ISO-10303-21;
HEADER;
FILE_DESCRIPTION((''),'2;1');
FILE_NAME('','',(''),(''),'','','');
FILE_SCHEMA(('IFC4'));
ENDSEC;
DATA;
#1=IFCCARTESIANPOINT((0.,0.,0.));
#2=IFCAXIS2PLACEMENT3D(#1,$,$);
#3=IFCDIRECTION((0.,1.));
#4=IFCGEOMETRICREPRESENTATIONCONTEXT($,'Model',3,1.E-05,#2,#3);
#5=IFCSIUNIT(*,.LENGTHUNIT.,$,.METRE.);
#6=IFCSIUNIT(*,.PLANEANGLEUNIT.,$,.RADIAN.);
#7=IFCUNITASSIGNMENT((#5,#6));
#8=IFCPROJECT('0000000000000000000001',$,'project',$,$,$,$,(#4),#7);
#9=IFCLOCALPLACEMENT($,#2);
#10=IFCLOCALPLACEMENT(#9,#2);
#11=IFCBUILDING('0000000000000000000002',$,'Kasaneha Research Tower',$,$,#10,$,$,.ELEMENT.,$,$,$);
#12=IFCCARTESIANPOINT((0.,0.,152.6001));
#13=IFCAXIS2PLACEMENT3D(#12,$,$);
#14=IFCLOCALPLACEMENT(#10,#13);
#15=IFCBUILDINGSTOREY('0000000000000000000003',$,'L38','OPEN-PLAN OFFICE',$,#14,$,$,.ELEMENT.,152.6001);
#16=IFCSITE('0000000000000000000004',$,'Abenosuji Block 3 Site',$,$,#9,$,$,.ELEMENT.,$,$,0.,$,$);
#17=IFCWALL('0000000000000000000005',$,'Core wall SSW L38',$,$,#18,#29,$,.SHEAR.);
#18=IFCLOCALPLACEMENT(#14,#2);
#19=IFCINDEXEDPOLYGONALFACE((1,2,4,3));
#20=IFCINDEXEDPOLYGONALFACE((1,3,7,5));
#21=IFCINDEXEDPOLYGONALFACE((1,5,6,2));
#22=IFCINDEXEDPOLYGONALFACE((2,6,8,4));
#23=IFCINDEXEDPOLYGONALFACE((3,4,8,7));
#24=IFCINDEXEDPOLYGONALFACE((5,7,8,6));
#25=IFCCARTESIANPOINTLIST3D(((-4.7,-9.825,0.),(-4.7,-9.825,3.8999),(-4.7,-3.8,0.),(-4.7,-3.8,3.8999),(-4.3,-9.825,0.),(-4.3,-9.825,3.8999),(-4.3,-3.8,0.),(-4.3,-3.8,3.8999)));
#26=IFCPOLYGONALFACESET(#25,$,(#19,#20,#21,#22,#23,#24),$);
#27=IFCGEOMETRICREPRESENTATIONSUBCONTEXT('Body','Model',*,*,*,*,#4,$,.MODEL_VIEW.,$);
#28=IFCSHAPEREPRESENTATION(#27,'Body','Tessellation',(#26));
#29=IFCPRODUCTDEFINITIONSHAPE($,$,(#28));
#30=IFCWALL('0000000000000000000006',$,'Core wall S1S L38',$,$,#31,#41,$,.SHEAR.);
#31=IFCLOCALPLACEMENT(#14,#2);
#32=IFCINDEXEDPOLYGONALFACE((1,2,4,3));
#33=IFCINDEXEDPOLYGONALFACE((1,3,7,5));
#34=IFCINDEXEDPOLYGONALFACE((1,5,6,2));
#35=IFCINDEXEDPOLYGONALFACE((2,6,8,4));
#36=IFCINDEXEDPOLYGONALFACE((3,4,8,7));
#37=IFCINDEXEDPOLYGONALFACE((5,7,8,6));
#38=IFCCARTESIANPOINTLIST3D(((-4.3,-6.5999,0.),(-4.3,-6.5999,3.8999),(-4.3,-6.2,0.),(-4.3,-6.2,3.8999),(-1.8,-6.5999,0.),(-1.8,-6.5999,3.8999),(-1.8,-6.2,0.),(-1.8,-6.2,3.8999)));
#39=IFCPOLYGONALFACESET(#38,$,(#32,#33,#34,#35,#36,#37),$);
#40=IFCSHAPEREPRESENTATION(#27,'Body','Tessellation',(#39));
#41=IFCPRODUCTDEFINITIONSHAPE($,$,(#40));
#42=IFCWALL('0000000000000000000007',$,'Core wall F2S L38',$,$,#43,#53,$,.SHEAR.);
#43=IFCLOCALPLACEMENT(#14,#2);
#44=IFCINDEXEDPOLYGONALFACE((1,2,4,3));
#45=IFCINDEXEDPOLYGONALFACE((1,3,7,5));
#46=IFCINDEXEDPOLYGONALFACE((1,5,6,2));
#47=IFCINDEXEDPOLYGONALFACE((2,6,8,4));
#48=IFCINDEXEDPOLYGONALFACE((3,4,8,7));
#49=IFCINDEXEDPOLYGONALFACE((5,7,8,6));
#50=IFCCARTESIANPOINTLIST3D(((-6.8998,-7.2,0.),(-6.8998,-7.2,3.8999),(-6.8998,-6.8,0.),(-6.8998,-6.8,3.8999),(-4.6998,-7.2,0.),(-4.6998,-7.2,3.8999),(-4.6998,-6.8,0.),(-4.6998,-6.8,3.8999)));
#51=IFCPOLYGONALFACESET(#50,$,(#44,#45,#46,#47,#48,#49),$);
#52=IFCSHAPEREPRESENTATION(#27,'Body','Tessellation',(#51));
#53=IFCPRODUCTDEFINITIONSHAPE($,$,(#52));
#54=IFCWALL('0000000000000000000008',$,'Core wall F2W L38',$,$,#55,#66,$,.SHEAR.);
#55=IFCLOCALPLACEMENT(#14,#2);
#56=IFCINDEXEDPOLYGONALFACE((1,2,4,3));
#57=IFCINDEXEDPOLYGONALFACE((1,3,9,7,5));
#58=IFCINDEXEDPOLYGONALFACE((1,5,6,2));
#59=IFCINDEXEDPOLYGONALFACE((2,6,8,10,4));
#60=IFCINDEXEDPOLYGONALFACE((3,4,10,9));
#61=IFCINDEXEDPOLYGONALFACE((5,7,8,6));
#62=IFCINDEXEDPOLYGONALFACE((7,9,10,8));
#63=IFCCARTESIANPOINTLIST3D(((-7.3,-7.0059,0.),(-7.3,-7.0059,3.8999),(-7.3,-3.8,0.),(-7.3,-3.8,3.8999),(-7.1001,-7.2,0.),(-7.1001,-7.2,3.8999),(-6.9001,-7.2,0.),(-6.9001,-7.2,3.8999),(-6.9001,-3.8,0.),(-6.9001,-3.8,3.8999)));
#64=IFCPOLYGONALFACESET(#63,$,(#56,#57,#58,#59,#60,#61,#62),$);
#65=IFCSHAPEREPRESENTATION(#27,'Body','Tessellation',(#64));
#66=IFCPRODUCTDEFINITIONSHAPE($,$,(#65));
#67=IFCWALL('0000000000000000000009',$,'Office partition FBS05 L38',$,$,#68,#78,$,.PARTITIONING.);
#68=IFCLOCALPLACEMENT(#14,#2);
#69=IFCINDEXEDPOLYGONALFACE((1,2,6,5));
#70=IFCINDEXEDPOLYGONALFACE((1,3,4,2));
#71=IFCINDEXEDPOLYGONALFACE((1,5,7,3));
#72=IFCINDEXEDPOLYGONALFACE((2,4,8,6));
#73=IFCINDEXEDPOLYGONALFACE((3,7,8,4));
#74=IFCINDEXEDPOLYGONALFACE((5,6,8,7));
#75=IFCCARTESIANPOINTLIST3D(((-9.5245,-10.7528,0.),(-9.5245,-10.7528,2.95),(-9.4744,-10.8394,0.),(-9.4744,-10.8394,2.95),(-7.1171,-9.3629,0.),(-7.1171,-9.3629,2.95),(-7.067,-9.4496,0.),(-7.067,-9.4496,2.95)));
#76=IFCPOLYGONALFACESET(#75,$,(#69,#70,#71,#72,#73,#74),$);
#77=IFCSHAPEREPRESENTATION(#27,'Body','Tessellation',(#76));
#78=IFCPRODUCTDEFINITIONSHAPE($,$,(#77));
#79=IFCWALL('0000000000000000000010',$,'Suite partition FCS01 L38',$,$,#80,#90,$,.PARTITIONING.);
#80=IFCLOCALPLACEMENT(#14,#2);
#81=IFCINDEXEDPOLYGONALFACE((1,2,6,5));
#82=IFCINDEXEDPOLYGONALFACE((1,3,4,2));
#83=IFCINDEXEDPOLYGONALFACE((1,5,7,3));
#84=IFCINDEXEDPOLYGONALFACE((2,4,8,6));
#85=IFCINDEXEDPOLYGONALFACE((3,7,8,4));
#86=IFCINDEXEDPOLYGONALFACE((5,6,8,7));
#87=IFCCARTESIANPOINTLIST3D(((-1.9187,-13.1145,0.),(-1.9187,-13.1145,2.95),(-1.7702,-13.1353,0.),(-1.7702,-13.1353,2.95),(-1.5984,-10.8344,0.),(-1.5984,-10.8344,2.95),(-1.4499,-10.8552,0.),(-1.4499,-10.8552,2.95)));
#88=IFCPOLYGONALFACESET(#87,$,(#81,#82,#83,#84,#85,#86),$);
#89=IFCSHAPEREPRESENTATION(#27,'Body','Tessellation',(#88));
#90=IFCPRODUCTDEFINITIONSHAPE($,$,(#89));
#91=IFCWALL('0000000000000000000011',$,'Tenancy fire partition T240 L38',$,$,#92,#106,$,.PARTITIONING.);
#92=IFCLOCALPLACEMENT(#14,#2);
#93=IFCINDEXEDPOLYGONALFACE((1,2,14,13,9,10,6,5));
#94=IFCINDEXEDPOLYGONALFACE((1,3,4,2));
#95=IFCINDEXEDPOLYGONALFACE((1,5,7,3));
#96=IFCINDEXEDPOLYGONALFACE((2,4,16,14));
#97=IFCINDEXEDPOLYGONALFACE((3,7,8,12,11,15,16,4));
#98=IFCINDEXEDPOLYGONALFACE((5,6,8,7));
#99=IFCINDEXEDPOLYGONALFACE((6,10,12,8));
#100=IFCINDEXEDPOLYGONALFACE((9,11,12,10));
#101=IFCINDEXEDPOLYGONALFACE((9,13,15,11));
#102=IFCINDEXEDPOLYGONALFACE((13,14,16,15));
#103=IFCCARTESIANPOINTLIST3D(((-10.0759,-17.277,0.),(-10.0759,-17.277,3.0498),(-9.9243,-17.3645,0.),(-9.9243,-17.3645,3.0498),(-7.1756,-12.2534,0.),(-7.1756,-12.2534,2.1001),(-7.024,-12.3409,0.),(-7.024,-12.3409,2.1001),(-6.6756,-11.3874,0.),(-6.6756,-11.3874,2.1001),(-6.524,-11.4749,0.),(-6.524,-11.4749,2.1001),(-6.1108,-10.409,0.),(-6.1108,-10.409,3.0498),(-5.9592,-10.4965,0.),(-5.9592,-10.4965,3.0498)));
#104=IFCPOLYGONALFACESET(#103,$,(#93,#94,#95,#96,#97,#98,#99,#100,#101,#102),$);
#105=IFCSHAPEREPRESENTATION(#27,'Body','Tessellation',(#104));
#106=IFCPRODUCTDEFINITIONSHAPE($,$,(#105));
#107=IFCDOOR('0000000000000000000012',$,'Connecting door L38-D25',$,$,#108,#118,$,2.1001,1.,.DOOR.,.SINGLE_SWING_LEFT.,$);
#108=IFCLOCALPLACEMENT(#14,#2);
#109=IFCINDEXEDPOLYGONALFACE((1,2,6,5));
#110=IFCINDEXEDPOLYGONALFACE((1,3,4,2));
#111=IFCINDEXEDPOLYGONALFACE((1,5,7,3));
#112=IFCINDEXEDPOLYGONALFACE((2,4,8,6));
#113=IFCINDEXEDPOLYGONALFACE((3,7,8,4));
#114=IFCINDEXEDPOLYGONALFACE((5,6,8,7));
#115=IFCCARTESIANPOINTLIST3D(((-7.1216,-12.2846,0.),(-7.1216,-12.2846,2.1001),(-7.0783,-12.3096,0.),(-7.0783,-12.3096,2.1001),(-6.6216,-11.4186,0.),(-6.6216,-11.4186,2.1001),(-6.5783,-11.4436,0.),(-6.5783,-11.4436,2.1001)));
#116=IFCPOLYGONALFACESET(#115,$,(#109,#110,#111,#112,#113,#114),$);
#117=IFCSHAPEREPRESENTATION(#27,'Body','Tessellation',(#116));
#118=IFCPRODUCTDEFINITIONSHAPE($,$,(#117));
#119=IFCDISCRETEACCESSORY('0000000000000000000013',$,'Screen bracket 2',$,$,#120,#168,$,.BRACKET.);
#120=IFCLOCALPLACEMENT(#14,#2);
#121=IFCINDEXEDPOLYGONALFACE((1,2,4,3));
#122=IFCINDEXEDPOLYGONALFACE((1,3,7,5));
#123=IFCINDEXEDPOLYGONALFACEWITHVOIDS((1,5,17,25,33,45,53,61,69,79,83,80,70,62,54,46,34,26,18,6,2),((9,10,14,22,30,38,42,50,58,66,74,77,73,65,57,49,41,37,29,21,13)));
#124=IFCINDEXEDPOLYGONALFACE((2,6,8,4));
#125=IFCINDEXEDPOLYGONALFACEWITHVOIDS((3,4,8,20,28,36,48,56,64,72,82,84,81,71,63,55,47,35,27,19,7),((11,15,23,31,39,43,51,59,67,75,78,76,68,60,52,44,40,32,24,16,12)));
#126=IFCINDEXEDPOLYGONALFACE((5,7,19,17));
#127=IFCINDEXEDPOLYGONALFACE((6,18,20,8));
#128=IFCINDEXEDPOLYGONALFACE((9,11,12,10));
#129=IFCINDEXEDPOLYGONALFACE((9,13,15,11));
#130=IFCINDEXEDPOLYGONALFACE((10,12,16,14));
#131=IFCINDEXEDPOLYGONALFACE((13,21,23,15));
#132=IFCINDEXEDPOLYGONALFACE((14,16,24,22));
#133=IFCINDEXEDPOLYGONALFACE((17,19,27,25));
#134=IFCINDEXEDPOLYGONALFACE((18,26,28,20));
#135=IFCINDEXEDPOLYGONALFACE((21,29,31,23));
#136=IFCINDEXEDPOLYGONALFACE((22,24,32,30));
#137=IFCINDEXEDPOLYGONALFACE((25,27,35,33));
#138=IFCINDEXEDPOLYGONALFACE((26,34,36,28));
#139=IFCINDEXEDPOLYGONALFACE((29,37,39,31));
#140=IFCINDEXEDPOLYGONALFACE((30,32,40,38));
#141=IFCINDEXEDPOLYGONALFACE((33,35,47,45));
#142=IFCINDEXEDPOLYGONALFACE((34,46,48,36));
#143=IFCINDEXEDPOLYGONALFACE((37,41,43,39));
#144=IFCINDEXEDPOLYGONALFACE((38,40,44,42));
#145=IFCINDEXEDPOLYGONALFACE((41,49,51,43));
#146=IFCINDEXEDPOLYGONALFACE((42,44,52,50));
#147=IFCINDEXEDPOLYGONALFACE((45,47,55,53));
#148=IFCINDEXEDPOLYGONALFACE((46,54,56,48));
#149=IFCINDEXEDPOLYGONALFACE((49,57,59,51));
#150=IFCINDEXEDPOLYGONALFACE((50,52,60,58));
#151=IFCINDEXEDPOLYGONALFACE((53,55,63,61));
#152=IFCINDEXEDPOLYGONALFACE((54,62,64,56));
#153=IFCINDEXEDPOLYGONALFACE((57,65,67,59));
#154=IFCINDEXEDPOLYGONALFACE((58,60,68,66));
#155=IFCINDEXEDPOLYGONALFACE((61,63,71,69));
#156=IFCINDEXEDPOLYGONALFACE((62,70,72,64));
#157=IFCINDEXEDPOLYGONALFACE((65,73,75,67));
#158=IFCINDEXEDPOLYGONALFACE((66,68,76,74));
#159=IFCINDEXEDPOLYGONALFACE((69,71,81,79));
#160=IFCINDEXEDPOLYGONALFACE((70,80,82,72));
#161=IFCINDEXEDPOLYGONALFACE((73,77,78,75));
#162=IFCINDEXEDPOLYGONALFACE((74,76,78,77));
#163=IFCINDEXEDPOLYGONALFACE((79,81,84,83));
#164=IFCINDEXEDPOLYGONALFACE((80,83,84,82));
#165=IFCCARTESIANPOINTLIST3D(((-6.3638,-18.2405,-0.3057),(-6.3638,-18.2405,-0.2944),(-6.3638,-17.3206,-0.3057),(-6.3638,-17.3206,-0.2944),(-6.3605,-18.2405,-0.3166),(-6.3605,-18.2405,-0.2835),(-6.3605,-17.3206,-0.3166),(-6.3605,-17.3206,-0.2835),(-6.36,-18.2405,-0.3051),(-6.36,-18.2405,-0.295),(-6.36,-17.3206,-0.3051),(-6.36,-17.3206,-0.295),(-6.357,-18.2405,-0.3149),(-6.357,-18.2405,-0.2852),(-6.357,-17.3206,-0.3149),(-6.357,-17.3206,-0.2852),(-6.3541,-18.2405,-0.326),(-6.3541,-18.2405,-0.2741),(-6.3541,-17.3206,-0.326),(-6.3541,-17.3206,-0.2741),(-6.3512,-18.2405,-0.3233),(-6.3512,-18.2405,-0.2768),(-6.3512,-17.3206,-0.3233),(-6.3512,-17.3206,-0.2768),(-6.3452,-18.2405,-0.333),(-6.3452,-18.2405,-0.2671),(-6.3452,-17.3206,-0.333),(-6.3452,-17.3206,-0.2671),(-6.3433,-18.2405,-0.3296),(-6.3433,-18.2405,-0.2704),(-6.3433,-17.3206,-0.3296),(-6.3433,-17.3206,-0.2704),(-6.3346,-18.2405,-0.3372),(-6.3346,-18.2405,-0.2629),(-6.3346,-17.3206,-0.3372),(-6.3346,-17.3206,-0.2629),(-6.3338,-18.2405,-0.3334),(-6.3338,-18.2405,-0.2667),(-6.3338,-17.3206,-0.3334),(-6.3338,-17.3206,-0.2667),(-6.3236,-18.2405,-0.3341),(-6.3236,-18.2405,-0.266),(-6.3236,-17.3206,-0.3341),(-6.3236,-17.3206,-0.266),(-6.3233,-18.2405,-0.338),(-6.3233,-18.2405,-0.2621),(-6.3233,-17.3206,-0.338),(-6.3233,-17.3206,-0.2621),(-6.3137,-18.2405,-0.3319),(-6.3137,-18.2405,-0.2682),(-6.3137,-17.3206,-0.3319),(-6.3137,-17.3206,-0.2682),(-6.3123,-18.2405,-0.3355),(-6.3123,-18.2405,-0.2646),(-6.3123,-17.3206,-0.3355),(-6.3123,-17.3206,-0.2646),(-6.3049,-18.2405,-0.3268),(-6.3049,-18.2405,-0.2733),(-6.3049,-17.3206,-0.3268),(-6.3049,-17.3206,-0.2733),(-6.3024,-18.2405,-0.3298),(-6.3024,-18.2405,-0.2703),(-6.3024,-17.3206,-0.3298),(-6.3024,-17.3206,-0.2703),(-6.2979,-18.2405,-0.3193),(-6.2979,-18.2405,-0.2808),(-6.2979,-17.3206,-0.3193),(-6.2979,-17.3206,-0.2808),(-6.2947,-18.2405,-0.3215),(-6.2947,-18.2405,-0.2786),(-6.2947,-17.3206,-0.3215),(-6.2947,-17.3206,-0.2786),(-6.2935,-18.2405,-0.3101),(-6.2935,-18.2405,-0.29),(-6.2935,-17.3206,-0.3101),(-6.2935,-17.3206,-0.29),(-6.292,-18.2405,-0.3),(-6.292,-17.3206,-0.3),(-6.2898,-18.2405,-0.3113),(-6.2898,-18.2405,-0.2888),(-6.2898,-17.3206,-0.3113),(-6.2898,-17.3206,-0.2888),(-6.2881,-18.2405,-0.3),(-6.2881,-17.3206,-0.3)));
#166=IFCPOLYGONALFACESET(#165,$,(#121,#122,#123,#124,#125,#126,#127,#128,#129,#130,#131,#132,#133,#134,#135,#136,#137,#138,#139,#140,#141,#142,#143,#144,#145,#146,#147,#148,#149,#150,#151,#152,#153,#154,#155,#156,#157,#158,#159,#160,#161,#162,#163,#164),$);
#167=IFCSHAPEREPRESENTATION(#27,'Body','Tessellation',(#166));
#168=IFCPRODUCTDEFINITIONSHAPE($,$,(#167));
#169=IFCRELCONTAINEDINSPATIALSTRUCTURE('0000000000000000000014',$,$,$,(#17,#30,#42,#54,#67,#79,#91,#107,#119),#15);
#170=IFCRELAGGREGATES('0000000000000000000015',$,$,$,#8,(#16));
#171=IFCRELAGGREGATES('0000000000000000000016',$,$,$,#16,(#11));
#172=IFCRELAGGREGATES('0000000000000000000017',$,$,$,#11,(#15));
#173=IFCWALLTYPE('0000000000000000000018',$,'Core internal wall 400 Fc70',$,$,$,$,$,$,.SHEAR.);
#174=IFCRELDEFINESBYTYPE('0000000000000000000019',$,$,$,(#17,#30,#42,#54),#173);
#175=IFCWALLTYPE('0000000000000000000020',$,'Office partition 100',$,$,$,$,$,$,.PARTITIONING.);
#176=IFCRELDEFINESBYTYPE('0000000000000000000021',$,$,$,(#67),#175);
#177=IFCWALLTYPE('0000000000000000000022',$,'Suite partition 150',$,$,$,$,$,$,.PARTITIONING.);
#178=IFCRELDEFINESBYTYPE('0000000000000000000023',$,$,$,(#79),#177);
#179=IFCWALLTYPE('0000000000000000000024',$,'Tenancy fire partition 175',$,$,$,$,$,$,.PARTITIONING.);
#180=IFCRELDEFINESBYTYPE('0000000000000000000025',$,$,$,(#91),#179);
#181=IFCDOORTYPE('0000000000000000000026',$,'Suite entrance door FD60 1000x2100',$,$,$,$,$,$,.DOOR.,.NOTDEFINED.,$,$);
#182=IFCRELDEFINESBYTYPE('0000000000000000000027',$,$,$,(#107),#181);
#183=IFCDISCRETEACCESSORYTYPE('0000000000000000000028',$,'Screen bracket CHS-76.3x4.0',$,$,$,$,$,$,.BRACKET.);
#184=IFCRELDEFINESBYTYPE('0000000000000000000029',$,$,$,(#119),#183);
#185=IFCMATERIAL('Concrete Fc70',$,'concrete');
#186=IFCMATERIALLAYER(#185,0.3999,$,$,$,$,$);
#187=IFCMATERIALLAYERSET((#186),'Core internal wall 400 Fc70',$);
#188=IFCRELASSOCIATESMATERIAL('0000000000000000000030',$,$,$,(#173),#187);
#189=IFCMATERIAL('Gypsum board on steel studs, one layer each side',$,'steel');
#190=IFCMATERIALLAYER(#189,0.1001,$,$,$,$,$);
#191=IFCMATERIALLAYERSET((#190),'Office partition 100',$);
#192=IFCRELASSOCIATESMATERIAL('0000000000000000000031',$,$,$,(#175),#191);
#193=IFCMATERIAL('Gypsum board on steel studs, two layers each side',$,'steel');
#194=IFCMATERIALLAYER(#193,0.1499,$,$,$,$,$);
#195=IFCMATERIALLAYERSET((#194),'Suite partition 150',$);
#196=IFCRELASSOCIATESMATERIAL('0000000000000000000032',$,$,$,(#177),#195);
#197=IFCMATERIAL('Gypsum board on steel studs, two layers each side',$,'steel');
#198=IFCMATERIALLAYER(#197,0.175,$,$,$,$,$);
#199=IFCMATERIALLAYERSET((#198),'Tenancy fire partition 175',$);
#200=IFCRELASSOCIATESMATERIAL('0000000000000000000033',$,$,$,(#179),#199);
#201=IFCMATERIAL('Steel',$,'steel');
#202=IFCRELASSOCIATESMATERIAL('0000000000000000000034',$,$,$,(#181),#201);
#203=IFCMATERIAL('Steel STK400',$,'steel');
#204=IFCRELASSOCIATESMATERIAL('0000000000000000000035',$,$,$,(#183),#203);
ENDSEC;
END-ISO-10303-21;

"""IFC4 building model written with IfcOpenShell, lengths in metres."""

from ifc_helpers import new_model, si_unit, direction, frame, frame_2d, origin, origin_2d, place, context, subcontext, project, spatial, polyline, rectangle, hollow_circle, outline, extrude, material, layer, layer_set, material_profile, profile_set, type_object, element, fill, save


model = new_model("IFC4")

# Units and contexts
model_context = context("Model", 3, precision=1e-05, world=origin(), true_north=direction((0.0, 1.0)))
body_context = subcontext(model_context, "Body", "Model", "MODEL_VIEW")
ifc_project = project(units=[si_unit("LENGTHUNIT", "METRE"), si_unit("PLANEANGLEUNIT", "RADIAN")], contexts=[model_context])

# Site, building, storey
site_placement = place(None, origin())
site = spatial("IfcSite", under=ifc_project, at=site_placement, Name="Abenosuji Block 3 Site", CompositionType="ELEMENT", RefElevation=0.0)
building_placement = place(site_placement, origin())
building = spatial("IfcBuilding", under=site, at=building_placement, Name="Kasaneha Research Tower", CompositionType="ELEMENT")
storey_placement = place(building_placement, frame((0.0, 0.0, 152.6001)))
storey = spatial("IfcBuildingStorey", under=building, at=storey_placement, Name="L38", Description="OPEN-PLAN OFFICE", CompositionType="ELEMENT", Elevation=152.6001)

# Shared definitions
ifc_material_1 = material(Name="Concrete Fc70", Category="concrete")
ifc_layer_1 = layer(ifc_material_1, 0.3999)
ifc_layer_set_1 = layer_set([ifc_layer_1], Name="Core internal wall 400 Fc70")
wall_type_1 = type_object("IfcWallType", Name="Core internal wall 400 Fc70", PredefinedType="SHEAR", material=ifc_layer_set_1)

# Walls
wall_1_placement = place(storey_placement, frame((-4.5, -3.8, 0.0), z_axis=(0.0, 0.0, 1.0), x_axis=(0.0, -1.0, 0.0)))
element("IfcWall", 1, at=wall_1_placement, inside=storey, type_object=wall_type_1, Name="Core wall SSW L38", PredefinedType="SHEAR", context=body_context, shape_type="SweptSolid", body=[
    extrude(rectangle(XDim=6.0249, YDim=0.3999, at=frame_2d((3.0125, 0.0))), origin(), (0.0, 0.0, 1.0), 3.8999),
])
wall_2_placement = place(storey_placement, frame((-4.3, -6.3999, 0.0), z_axis=(0.0, 0.0, 1.0), x_axis=(1.0, 0.0, 0.0)))
element("IfcWall", 2, at=wall_2_placement, inside=storey, type_object=wall_type_1, Name="Core wall S1S L38", PredefinedType="SHEAR", context=body_context, shape_type="SweptSolid", body=[
    extrude(rectangle(XDim=2.5, YDim=0.3999, at=frame_2d((1.25, 0.0))), origin(), (0.0, 0.0, 1.0), 3.8999),
])
wall_3_placement = place(storey_placement, frame((-6.8999, -7.0, 0.0), z_axis=(0.0, 0.0, 1.0), x_axis=(1.0, 0.0, 0.0)))
element("IfcWall", 3, at=wall_3_placement, inside=storey, type_object=wall_type_1, Name="Core wall F2S L38", PredefinedType="SHEAR", context=body_context, shape_type="SweptSolid", body=[
    extrude(rectangle(XDim=2.2, YDim=0.3999, at=frame_2d((1.1001, 0.0))), origin(), (0.0, 0.0, 1.0), 3.8999),
])
wall_4_placement = place(storey_placement, frame((-7.1001, -3.8, 0.0), z_axis=(0.0, 0.0, 1.0), x_axis=(0.0, -1.0, 0.0)))
element("IfcWall", 4, at=wall_4_placement, inside=storey, type_object=wall_type_1, Name="Core wall F2W L38", PredefinedType="SHEAR", context=body_context, shape_type="SweptSolid", body=[
    extrude(outline(polyline([(0.0, -0.2), (3.2058, -0.2), (3.3999, 0.0), (3.3999, 0.2), (0.0, 0.2), (0.0, -0.2)])), origin(), (0.0, 0.0, 1.0), 3.8999),
])

# Walls
ifc_material_2 = material(Name="Gypsum board on steel studs, one layer each side", Category="steel")
ifc_layer_2 = layer(ifc_material_2, 0.1001)
ifc_layer_set_2 = layer_set([ifc_layer_2], Name="Office partition 100")
wall_type_2 = type_object("IfcWallType", Name="Office partition 100", PredefinedType="PARTITIONING", material=ifc_layer_set_2)
wall_5_placement = place(storey_placement, frame((-7.092, -9.4062, 0.0), z_axis=(0.0, 0.0, 1.0), x_axis=(-0.866035, -0.499983, 0.0)))
element("IfcWall", 5, at=wall_5_placement, inside=storey, type_object=wall_type_2, Name="Office partition FBS05 L38", PredefinedType="PARTITIONING", context=body_context, shape_type="SweptSolid", body=[
    extrude(rectangle(XDim=2.7798, YDim=0.1001, at=frame_2d((1.3899, 0.0))), origin(), (0.0, 0.0, 1.0), 2.95),
])
ifc_material_3 = material(Name="Gypsum board on steel studs, two layers each side", Category="steel")
ifc_layer_3 = layer(ifc_material_3, 0.1499)
ifc_layer_set_3 = layer_set([ifc_layer_3], Name="Suite partition 150")
wall_type_3 = type_object("IfcWallType", Name="Suite partition 150", PredefinedType="PARTITIONING", material=ifc_layer_set_3)
wall_6_placement = place(storey_placement, frame((-1.8445, -13.125, 0.0), z_axis=(0.0, 0.0, 1.0), x_axis=(0.13912, 0.990276, 0.0)))
element("IfcWall", 6, at=wall_6_placement, inside=storey, type_object=wall_type_3, Name="Suite partition FCS01 L38", PredefinedType="PARTITIONING", context=body_context, shape_type="SweptSolid", body=[
    extrude(rectangle(XDim=2.3025, YDim=0.1499, at=frame_2d((1.1514, 0.0))), origin(), (0.0, 0.0, 1.0), 2.95),
])

# Wall, opening, door
ifc_material_4 = material(Name="Gypsum board on steel studs, two layers each side", Category="steel")
ifc_layer_4 = layer(ifc_material_4, 0.175)
ifc_layer_set_4 = layer_set([ifc_layer_4], Name="Tenancy fire partition 175")
wall_type_4 = type_object("IfcWallType", Name="Tenancy fire partition 175", PredefinedType="PARTITIONING", material=ifc_layer_set_4)
wall_7_placement = place(storey_placement, frame((-6.0349, -10.4526, 0.0), z_axis=(0.0, 0.0, 1.0), x_axis=(-0.49999, -0.866031, 0.0)))
wall_7 = element("IfcWall", 7, at=wall_7_placement, inside=storey, type_object=wall_type_4, Name="Tenancy fire partition T240 L38", PredefinedType="PARTITIONING", context=body_context, shape_type="SweptSolid", body=[
    extrude(rectangle(XDim=7.9304, YDim=0.175, at=frame_2d((3.9653, 0.0))), origin(), (0.0, 0.0, 1.0), 3.0498),
])
opening_1_placement = place(wall_7_placement, frame((1.1299, 0.0, 0.0)))
opening_1 = element("IfcOpeningElement", 8, at=opening_1_placement, cuts=wall_7, PredefinedType="OPENING", context=body_context, shape_type="SweptSolid", body=[
    extrude(rectangle(XDim=1.0, YDim=2.1001, at=frame_2d((0.5, 1.05))), frame((0.0, 0.0977, 0.0), z_axis=(0.0, -1.0, 0.0), x_axis=(1.0, 0.0, 0.0)), (0.0, 0.0, 1.0), 0.1951),
])
ifc_material_5 = material(Name="Steel", Category="steel")
door_type_1 = type_object("IfcDoorType", Name="Suite entrance door FD60 1000x2100", OperationType="NOTDEFINED", PredefinedType="DOOR", material=ifc_material_5)
door_1_placement = place(opening_1_placement, origin())
door_1 = element("IfcDoor", 9, at=door_1_placement, inside=storey, type_object=door_type_1, Name="Connecting door L38-D25", OperationType="SINGLE_SWING_LEFT", OverallHeight=2.1001, OverallWidth=1.0, PredefinedType="DOOR", context=body_context, shape_type="SweptSolid", body=[
    extrude(rectangle(XDim=1.0, YDim=2.1001, at=frame_2d((0.5, 1.05))), frame((0.0, 0.0249, 0.0), z_axis=(0.0, -1.0, 0.0), x_axis=(1.0, 0.0, 0.0)), (0.0, 0.0, 1.0), 0.05),
])
fill(opening_1, door_1)

# Discrete accessory
ifc_material_6 = material(Name="Steel STK400", Category="steel")
ifc_material_profile_1 = material_profile(ifc_material_6, hollow_circle(Radius=0.0381, WallThickness=0.0039, at=origin_2d()), Name="CHS-76.3x4.0")
ifc_profile_set_1 = profile_set([ifc_material_profile_1], Name="Steel STK400")
discrete_accessory_type = type_object("IfcDiscreteAccessoryType", Name="Screen bracket CHS-76.3x4.0", PredefinedType="BRACKET", material=ifc_profile_set_1)
for number, where, z_axis, x_axis, name in (
    (10, (-6.3262, -17.3206, -0.3), (0.0, -1.0, 0.0), (1.0, 0.0, 0.0), "Screen bracket 2"),
):
    element("IfcDiscreteAccessory", number, at=place(storey_placement, frame(where, z_axis=z_axis, x_axis=x_axis)), inside=storey, type_object=discrete_accessory_type, Name=name, PredefinedType="BRACKET", context=body_context, shape_type="SweptSolid", body=[
        extrude(hollow_circle(Radius=0.0381, WallThickness=0.0039, at=origin_2d()), origin(), (0.0, 0.0, 1.0), 0.9199),
    ])

save(model, "model.ifc")
